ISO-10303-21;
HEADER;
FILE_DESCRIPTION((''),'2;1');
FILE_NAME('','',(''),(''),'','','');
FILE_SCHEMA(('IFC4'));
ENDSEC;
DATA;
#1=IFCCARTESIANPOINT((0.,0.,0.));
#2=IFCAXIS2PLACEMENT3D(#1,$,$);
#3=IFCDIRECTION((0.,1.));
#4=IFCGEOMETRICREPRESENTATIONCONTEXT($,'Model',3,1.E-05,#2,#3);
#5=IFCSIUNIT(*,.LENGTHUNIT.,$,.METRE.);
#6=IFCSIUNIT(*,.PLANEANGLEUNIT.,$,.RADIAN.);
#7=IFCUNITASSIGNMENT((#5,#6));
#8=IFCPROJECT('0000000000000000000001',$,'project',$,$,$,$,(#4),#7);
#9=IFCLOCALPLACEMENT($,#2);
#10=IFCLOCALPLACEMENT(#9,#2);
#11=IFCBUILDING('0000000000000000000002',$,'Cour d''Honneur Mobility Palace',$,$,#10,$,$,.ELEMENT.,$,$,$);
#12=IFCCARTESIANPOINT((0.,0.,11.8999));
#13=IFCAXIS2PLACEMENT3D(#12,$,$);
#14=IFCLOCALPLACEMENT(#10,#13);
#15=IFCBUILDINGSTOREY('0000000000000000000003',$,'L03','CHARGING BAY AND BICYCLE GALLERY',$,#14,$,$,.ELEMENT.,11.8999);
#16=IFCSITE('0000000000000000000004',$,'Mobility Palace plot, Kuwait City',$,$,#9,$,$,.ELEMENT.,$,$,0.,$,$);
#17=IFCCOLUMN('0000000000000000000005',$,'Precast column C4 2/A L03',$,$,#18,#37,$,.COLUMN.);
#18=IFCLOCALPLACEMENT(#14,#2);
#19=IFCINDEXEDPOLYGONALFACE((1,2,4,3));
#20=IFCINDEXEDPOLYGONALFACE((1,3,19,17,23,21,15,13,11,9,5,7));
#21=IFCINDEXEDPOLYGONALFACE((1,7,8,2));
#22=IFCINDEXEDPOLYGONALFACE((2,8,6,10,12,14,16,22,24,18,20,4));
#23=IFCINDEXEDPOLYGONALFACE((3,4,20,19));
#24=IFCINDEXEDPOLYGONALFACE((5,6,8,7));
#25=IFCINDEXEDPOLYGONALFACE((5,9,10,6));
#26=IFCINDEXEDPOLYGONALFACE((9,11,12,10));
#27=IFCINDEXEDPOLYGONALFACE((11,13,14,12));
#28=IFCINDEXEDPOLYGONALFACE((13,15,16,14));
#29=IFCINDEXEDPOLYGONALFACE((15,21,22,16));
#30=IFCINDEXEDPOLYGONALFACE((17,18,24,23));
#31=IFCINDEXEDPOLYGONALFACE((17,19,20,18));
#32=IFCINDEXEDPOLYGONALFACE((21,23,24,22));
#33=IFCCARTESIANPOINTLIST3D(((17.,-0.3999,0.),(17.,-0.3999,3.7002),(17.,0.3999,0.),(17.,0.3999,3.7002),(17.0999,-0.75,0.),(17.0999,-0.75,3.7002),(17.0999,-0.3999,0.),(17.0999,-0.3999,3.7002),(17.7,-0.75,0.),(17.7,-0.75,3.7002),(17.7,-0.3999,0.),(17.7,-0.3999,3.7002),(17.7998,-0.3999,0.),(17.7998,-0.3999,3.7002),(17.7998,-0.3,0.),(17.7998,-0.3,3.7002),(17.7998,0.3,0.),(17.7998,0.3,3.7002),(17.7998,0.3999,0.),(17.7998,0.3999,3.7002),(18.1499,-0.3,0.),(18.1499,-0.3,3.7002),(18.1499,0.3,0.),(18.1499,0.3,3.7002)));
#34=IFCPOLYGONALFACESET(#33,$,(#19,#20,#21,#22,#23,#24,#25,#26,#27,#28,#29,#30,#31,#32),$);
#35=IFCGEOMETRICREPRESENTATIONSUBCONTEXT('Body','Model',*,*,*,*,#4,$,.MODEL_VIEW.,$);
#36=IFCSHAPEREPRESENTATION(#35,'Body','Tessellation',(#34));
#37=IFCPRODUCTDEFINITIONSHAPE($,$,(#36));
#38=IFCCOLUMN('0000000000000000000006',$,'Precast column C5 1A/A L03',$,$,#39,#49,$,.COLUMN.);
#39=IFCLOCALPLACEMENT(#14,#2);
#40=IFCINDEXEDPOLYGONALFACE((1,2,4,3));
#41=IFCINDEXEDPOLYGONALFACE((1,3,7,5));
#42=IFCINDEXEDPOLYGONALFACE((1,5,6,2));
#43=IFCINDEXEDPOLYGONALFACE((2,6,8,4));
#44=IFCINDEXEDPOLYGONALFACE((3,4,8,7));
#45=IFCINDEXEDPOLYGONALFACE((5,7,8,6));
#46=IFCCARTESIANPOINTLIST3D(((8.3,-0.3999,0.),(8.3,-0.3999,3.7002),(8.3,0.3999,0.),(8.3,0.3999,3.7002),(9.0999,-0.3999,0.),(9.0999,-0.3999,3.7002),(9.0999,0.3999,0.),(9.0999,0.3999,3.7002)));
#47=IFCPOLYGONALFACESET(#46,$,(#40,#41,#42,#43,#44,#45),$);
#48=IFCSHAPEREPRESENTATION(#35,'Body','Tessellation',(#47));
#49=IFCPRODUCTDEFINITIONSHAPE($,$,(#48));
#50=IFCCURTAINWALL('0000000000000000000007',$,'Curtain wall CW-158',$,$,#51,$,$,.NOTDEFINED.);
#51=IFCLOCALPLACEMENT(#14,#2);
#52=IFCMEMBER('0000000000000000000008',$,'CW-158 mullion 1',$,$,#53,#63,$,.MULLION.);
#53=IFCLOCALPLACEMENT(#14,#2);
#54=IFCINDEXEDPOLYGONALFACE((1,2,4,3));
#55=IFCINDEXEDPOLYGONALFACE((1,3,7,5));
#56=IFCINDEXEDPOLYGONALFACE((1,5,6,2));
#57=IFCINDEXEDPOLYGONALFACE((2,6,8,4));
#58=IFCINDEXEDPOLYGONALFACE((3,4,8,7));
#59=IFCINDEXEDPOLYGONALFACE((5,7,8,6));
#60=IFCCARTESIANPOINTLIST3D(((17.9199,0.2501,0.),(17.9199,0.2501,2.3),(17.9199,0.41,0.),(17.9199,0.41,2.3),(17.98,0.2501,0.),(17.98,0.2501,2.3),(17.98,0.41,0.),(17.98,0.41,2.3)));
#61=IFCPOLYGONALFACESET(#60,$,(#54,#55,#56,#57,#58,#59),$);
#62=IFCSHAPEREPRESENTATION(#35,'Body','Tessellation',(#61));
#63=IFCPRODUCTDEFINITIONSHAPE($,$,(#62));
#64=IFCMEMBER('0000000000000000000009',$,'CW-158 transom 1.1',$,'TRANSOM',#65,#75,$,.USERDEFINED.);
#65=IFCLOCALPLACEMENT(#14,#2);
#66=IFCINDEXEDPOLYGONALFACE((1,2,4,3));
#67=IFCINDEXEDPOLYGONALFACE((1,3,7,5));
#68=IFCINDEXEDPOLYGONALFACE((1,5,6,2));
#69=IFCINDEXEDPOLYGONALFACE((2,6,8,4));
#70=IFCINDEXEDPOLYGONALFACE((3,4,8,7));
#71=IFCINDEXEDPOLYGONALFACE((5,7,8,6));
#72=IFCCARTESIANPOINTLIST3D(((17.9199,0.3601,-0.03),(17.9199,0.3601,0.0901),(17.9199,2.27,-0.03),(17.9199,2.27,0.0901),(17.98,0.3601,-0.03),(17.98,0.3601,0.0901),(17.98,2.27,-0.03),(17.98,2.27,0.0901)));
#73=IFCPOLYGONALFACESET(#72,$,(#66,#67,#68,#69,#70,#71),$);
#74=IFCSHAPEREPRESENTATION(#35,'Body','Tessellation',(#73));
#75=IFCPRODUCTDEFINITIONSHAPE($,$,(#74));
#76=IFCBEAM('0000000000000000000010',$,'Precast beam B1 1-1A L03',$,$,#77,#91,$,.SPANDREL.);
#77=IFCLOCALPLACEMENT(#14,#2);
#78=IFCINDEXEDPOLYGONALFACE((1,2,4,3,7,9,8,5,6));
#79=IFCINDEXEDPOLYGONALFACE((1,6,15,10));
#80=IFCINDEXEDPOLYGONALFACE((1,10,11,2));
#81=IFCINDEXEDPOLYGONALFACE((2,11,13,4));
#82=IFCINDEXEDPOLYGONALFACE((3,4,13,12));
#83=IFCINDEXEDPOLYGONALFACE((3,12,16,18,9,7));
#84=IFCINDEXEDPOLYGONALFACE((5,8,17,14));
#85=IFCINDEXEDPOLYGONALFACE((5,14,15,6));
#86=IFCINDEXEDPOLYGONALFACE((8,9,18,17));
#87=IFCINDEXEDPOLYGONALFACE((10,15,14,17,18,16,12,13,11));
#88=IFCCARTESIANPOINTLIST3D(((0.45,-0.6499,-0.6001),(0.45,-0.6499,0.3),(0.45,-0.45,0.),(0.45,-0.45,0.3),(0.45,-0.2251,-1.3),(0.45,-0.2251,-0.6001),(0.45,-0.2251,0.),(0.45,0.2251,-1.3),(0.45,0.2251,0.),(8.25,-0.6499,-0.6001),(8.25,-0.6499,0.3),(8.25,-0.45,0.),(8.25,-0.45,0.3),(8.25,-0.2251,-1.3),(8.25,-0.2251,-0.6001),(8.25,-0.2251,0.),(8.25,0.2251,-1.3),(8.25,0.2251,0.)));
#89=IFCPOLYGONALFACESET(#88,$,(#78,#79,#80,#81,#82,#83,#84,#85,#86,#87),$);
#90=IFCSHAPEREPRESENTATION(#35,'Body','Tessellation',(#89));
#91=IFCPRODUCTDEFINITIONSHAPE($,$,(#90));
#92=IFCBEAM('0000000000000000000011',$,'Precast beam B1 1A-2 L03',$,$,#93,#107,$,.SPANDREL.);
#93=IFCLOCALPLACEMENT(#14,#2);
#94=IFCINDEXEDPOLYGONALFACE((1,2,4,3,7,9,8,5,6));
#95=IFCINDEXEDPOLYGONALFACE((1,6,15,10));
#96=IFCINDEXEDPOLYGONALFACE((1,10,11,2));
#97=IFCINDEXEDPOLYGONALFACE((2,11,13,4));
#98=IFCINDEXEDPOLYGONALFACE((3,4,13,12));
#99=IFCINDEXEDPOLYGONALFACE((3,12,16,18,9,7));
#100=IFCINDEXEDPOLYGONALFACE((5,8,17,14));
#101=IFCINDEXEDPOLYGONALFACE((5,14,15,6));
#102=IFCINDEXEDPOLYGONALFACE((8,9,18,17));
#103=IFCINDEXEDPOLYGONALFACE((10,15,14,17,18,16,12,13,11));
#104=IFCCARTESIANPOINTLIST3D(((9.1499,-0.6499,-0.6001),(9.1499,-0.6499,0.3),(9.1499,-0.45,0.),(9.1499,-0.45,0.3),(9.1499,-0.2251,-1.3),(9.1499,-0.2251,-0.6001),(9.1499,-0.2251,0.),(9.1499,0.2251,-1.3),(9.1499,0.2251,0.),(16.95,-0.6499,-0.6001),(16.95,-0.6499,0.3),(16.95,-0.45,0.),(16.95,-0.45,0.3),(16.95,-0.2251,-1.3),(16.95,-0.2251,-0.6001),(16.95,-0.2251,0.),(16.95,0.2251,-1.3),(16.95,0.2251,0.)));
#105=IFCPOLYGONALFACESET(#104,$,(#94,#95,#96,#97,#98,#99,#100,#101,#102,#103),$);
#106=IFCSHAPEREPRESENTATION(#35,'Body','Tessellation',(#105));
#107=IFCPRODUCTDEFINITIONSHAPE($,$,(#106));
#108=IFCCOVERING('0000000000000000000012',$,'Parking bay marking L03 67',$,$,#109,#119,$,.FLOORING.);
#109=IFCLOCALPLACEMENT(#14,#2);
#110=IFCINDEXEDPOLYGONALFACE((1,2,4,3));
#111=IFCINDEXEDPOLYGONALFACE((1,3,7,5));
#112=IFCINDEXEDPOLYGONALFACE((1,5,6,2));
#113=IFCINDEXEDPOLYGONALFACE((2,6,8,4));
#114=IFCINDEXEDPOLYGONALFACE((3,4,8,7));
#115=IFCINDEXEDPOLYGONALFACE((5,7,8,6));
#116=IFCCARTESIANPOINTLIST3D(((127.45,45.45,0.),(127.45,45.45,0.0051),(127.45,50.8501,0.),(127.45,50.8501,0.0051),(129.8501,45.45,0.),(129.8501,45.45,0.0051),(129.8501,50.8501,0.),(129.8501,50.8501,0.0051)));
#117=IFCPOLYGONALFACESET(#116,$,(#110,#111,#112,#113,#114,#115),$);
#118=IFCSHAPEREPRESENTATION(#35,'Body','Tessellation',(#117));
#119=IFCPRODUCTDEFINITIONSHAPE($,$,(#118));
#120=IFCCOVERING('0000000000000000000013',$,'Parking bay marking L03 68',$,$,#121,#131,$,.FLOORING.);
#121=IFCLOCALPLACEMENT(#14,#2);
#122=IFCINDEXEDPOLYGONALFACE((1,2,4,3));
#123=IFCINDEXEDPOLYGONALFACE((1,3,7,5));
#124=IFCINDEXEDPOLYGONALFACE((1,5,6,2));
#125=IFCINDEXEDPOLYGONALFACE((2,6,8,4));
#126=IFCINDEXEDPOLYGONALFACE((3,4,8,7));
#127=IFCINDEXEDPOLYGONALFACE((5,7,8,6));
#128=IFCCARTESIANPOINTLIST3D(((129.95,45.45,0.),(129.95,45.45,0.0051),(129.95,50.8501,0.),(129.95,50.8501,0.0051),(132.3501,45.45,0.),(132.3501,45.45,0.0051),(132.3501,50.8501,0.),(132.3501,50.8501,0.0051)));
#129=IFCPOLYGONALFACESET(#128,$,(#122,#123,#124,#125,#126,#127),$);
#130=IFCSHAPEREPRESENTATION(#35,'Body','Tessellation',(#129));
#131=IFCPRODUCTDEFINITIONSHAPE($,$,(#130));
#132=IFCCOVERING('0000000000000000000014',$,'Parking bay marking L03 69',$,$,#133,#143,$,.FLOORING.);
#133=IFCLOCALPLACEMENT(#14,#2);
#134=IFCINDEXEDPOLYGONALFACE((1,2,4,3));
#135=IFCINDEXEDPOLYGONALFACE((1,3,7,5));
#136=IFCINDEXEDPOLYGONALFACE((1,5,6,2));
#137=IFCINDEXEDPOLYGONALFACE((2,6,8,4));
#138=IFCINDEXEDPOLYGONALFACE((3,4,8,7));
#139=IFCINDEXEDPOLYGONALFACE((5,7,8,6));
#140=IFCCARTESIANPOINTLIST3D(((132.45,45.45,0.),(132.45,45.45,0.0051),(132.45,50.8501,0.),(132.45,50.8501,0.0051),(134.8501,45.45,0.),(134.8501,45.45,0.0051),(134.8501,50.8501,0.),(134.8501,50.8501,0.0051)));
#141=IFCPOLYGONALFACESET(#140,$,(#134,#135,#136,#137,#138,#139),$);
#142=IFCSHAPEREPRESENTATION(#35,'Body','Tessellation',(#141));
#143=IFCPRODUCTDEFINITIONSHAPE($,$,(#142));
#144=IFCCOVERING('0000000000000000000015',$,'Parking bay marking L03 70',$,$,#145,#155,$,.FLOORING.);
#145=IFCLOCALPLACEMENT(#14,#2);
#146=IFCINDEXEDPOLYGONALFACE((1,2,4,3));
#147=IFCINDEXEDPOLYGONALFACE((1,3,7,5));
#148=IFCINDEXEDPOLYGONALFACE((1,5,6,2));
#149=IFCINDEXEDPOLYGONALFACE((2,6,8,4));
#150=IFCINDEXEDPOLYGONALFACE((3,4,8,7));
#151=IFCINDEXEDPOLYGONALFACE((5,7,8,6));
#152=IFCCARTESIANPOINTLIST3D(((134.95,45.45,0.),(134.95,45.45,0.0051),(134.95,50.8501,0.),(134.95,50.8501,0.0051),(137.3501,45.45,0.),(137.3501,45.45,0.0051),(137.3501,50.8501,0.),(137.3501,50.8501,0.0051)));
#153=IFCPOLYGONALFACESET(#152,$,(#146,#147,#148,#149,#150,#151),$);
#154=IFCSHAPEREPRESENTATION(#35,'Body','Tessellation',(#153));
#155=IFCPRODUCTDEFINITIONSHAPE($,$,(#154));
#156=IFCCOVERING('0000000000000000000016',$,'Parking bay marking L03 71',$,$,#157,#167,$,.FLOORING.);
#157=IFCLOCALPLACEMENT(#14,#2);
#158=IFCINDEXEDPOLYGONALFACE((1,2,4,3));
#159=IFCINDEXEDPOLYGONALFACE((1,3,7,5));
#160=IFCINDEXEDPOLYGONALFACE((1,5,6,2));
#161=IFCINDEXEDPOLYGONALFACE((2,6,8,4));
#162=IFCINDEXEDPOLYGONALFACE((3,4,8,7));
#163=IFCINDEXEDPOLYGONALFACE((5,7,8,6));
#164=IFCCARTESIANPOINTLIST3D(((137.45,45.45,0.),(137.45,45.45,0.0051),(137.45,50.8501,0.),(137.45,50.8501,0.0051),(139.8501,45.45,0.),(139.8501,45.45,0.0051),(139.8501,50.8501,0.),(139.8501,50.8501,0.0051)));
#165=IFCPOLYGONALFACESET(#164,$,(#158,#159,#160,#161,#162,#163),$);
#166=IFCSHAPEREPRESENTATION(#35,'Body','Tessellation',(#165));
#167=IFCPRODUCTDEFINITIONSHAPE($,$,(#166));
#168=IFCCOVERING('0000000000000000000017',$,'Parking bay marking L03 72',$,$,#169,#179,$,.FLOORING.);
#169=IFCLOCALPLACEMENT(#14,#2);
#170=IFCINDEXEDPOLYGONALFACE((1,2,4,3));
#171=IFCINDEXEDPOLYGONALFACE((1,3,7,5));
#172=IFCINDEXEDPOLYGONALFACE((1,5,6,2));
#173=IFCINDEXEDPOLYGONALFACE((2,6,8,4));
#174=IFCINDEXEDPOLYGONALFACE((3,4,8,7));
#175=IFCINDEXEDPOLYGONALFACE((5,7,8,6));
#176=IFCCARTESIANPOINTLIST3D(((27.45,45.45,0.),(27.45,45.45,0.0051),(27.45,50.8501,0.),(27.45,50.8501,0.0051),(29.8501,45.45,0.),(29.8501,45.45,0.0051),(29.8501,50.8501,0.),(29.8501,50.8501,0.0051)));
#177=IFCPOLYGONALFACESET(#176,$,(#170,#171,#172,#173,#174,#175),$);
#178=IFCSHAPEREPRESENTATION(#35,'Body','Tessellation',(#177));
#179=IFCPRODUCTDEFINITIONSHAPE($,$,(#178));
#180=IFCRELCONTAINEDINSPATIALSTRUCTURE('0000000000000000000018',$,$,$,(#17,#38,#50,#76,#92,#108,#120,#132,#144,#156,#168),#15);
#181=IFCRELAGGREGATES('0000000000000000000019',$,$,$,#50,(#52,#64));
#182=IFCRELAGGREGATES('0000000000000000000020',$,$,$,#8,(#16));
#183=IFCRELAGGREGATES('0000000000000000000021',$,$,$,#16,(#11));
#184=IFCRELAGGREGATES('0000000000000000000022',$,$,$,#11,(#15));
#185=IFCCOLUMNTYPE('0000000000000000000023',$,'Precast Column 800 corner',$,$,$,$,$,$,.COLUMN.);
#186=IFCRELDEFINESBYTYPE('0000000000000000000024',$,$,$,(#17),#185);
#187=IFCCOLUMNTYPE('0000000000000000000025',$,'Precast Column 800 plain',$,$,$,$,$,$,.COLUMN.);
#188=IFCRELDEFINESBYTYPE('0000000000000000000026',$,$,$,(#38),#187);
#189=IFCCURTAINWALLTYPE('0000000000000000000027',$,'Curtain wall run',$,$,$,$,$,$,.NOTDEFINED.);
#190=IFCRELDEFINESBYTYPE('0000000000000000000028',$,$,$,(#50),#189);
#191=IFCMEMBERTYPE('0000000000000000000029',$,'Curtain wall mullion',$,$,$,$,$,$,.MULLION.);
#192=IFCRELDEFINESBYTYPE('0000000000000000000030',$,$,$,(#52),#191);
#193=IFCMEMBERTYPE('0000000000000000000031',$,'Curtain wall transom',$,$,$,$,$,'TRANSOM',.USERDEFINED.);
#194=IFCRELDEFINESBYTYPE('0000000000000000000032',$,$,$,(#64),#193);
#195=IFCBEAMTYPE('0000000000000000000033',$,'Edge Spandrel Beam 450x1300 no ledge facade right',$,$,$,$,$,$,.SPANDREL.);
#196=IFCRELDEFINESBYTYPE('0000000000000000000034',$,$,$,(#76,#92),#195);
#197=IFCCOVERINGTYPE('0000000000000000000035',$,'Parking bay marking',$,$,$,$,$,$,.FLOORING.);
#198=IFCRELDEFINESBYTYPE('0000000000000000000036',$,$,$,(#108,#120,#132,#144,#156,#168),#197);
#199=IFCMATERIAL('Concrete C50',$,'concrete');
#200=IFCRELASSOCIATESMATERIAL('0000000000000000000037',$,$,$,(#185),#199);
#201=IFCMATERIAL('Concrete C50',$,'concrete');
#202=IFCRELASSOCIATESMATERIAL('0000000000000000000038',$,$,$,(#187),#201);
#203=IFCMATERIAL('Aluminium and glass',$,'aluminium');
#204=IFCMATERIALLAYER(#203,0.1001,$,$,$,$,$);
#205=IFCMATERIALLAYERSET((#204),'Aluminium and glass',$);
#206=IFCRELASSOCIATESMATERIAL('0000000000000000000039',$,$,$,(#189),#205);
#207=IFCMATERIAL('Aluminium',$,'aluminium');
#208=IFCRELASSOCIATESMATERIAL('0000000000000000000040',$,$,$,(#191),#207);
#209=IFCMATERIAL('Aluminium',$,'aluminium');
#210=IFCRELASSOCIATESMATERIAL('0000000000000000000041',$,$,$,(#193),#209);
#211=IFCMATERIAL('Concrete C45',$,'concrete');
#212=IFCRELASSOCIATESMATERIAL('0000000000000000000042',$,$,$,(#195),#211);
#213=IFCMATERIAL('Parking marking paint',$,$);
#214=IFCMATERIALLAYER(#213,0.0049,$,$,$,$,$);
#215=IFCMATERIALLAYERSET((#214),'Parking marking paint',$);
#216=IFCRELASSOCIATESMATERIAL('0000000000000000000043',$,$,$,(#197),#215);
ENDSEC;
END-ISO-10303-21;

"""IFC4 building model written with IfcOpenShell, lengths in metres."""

from ifc_helpers import new_model, si_unit, direction, frame, origin, origin_2d, place, context, subcontext, project, spatial, polyline, rectangle, outline, extrude, material, layer, layer_set, material_profile, profile_set, type_object, element, aggregate, save


model = new_model("IFC4")

# Units and contexts
model_context = context("Model", 3, precision=1e-05, world=origin(), true_north=direction((0.0, 1.0)))
body_context = subcontext(model_context, "Body", "Model", "MODEL_VIEW")
ifc_project = project(units=[si_unit("LENGTHUNIT", "METRE"), si_unit("PLANEANGLEUNIT", "RADIAN")], contexts=[model_context])

# Site, building, storey
site_placement = place(None, origin())
site = spatial("IfcSite", under=ifc_project, at=site_placement, Name="Mobility Palace plot, Kuwait City", CompositionType="ELEMENT", RefElevation=0.0)
building_placement = place(site_placement, origin())
building = spatial("IfcBuilding", under=site, at=building_placement, Name="Cour d'Honneur Mobility Palace", CompositionType="ELEMENT")
storey_placement = place(building_placement, frame((0.0, 0.0, 11.8999)))
storey = spatial("IfcBuildingStorey", under=building, at=storey_placement, Name="L03", Description="CHARGING BAY AND BICYCLE GALLERY", CompositionType="ELEMENT", Elevation=11.8999)

# Columns
ifc_material_1 = material(Name="Concrete C50", Category="concrete")
ifc_material_profile_1 = material_profile(ifc_material_1, outline(polyline([(-0.3999, -0.3999), (0.3999, -0.3999), (0.3999, -0.3), (0.75, -0.3), (0.75, 0.3), (0.3999, 0.3), (0.3999, 0.3999), (0.3, 0.3999), (0.3, 0.75), (-0.3, 0.75), (-0.3, 0.3999), (-0.3999, 0.3999), (-0.3999, -0.3999)])), Name="PC C800 corner")
ifc_profile_set_1 = profile_set([ifc_material_profile_1], Name="Concrete C50")
column_type_1 = type_object("IfcColumnType", Name="Precast Column 800 corner", PredefinedType="COLUMN", material=ifc_profile_set_1)
column_1_placement = place(storey_placement, frame((17.3999, 0.0, 0.0), z_axis=(0.0, 0.0, 1.0), x_axis=(0.0, -1.0, 0.0)))
element("IfcColumn", 1, at=column_1_placement, inside=storey, type_object=column_type_1, Name="Precast column C4 2/A L03", PredefinedType="COLUMN", context=body_context, shape_type="SweptSolid", body=[
    extrude(outline(polyline([(-0.3999, -0.3999), (0.3999, -0.3999), (0.3999, -0.3), (0.75, -0.3), (0.75, 0.3), (0.3999, 0.3), (0.3999, 0.3999), (0.3, 0.3999), (0.3, 0.75), (-0.3, 0.75), (-0.3, 0.3999), (-0.3999, 0.3999), (-0.3999, -0.3999)])), origin(), (0.0, 0.0, 1.0), 3.7002),
])
ifc_material_2 = material(Name="Concrete C50", Category="concrete")
ifc_material_profile_2 = material_profile(ifc_material_2, outline(polyline([(-0.3999, -0.3999), (0.3999, -0.3999), (0.3999, 0.3999), (-0.3999, 0.3999), (-0.3999, -0.3999)])), Name="PC C800 plain")
ifc_profile_set_2 = profile_set([ifc_material_profile_2], Name="Concrete C50")
column_type_2 = type_object("IfcColumnType", Name="Precast Column 800 plain", PredefinedType="COLUMN", material=ifc_profile_set_2)
column_2_placement = place(storey_placement, frame((8.7, 0.0, 0.0), z_axis=(0.0, 0.0, 1.0), x_axis=(1.0, 0.0, 0.0)))
element("IfcColumn", 2, at=column_2_placement, inside=storey, type_object=column_type_2, Name="Precast column C5 1A/A L03", PredefinedType="COLUMN", context=body_context, shape_type="SweptSolid", body=[
    extrude(outline(polyline([(-0.3999, -0.3999), (0.3999, -0.3999), (0.3999, 0.3999), (-0.3999, 0.3999), (-0.3999, -0.3999)])), origin(), (0.0, 0.0, 1.0), 3.7002),
])

# Curtain wall, members
ifc_material_3 = material(Name="Aluminium and glass", Category="aluminium")
ifc_layer_1 = layer(ifc_material_3, 0.1001)
ifc_layer_set_1 = layer_set([ifc_layer_1], Name="Aluminium and glass")
curtain_wall_type = type_object("IfcCurtainWallType", Name="Curtain wall run", PredefinedType="NOTDEFINED", material=ifc_layer_set_1)
curtain_wall_placement = place(storey_placement, origin())
curtain_wall = element("IfcCurtainWall", 3, at=curtain_wall_placement, inside=storey, type_object=curtain_wall_type, Name="Curtain wall CW-158", PredefinedType="NOTDEFINED")
ifc_material_4 = material(Name="Aluminium", Category="aluminium")
ifc_material_profile_3 = material_profile(ifc_material_4, rectangle(XDim=0.0601, YDim=0.1599, at=origin_2d()), Name="Curtain wall mullion")
ifc_profile_set_3 = profile_set([ifc_material_profile_3], Name="Aluminium")
member_type_1 = type_object("IfcMemberType", Name="Curtain wall mullion", PredefinedType="MULLION", material=ifc_profile_set_3)
member_1_placement = place(storey_placement, frame((17.95, 0.3301, 0.0), z_axis=(0.0, 0.0, 1.0), x_axis=(-1.0, 0.0, 0.0)))
member_1 = element("IfcMember", 4, at=member_1_placement, type_object=member_type_1, Name="CW-158 mullion 1", PredefinedType="MULLION", context=body_context, shape_type="SweptSolid", body=[
    extrude(rectangle(XDim=0.0601, YDim=0.1599, at=origin_2d()), origin(), (0.0, 0.0, 1.0), 2.3),
])
ifc_material_5 = material(Name="Aluminium", Category="aluminium")
ifc_material_profile_4 = material_profile(ifc_material_5, rectangle(XDim=0.0601, YDim=0.1201, at=origin_2d()), Name="Curtain wall transom")
ifc_profile_set_4 = profile_set([ifc_material_profile_4], Name="Aluminium")
member_type_2 = type_object("IfcMemberType", Name="Curtain wall transom", ElementType="TRANSOM", PredefinedType="USERDEFINED", material=ifc_profile_set_4)
member_2_placement = place(storey_placement, frame((17.95, 0.3601, 0.03), z_axis=(0.0, 1.0, 0.0), x_axis=(-1.0, 0.0, 0.0)))
member_2 = element("IfcMember", 5, at=member_2_placement, type_object=member_type_2, Name="CW-158 transom 1.1", ObjectType="TRANSOM", PredefinedType="USERDEFINED", context=body_context, shape_type="SweptSolid", body=[
    extrude(rectangle(XDim=0.0601, YDim=0.1201, at=origin_2d()), origin(), (0.0, 0.0, 1.0), 1.9099),
])
aggregate(curtain_wall, [member_1, member_2])

# Beams
ifc_material_6 = material(Name="Concrete C45", Category="concrete")
ifc_material_profile_5 = material_profile(ifc_material_6, outline(polyline([(0.2251, -1.3), (0.2251, 0.0), (-0.2251, 0.0), (-0.45, 0.0), (-0.45, 0.3), (-0.6499, 0.3), (-0.6499, -0.6001), (-0.2251, -0.6001), (-0.2251, -1.3), (0.2251, -1.3)])), Name="Edge Spandrel Beam 450x1300 no ledge facade right")
ifc_profile_set_5 = profile_set([ifc_material_profile_5], Name="Concrete C45")
beam_type = type_object("IfcBeamType", Name="Edge Spandrel Beam 450x1300 no ledge facade right", PredefinedType="SPANDREL", material=ifc_profile_set_5)
for number, where, z_axis, x_axis, name in (
    (6, (0.45, 0.0, 0.0), (1.0, 0.0, 0.0), (0.0, 1.0, 0.0), "Precast beam B1 1-1A L03"),
    (7, (9.1499, 0.0, 0.0), (1.0, 0.0, 0.0), (0.0, 1.0, 0.0), "Precast beam B1 1A-2 L03"),
):
    element("IfcBeam", number, at=place(storey_placement, frame(where, z_axis=z_axis, x_axis=x_axis)), inside=storey, type_object=beam_type, Name=name, PredefinedType="SPANDREL", context=body_context, shape_type="SweptSolid", body=[
        extrude(outline(polyline([(0.2251, -1.3), (0.2251, 0.0), (-0.2251, 0.0), (-0.45, 0.0), (-0.45, 0.3), (-0.6499, 0.3), (-0.6499, -0.6001), (-0.2251, -0.6001), (-0.2251, -1.3), (0.2251, -1.3)])), origin(), (0.0, 0.0, 1.0), 7.8),
    ])

# Coverings
ifc_material_7 = material(Name="Parking marking paint")
ifc_layer_2 = layer(ifc_material_7, 0.0049)
ifc_layer_set_2 = layer_set([ifc_layer_2], Name="Parking marking paint")
covering_type = type_object("IfcCoveringType", Name="Parking bay marking", PredefinedType="FLOORING", material=ifc_layer_set_2)
covering_1_placement = place(storey_placement, origin())
element("IfcCovering", 8, at=covering_1_placement, inside=storey, type_object=covering_type, Name="Parking bay marking L03 67", PredefinedType="FLOORING", context=body_context, shape_type="SweptSolid", body=[
    extrude(outline(polyline([(129.8501, 45.45), (127.45, 45.45), (127.45, 50.8501), (129.8501, 50.8501), (129.8501, 45.45)])), origin(), (0.0, 0.0, 1.0), 0.0051),
])
covering_2_placement = place(storey_placement, origin())
element("IfcCovering", 9, at=covering_2_placement, inside=storey, type_object=covering_type, Name="Parking bay marking L03 68", PredefinedType="FLOORING", context=body_context, shape_type="SweptSolid", body=[
    extrude(outline(polyline([(132.3501, 45.45), (129.95, 45.45), (129.95, 50.8501), (132.3501, 50.8501), (132.3501, 45.45)])), origin(), (0.0, 0.0, 1.0), 0.0051),
])
covering_3_placement = place(storey_placement, origin())
element("IfcCovering", 10, at=covering_3_placement, inside=storey, type_object=covering_type, Name="Parking bay marking L03 69", PredefinedType="FLOORING", context=body_context, shape_type="SweptSolid", body=[
    extrude(outline(polyline([(134.8501, 45.45), (132.45, 45.45), (132.45, 50.8501), (134.8501, 50.8501), (134.8501, 45.45)])), origin(), (0.0, 0.0, 1.0), 0.0051),
])
covering_4_placement = place(storey_placement, origin())
element("IfcCovering", 11, at=covering_4_placement, inside=storey, type_object=covering_type, Name="Parking bay marking L03 70", PredefinedType="FLOORING", context=body_context, shape_type="SweptSolid", body=[
    extrude(outline(polyline([(137.3501, 45.45), (134.95, 45.45), (134.95, 50.8501), (137.3501, 50.8501), (137.3501, 45.45)])), origin(), (0.0, 0.0, 1.0), 0.0051),
])
covering_5_placement = place(storey_placement, origin())
element("IfcCovering", 12, at=covering_5_placement, inside=storey, type_object=covering_type, Name="Parking bay marking L03 71", PredefinedType="FLOORING", context=body_context, shape_type="SweptSolid", body=[
    extrude(outline(polyline([(139.8501, 45.45), (137.45, 45.45), (137.45, 50.8501), (139.8501, 50.8501), (139.8501, 45.45)])), origin(), (0.0, 0.0, 1.0), 0.0051),
])
covering_6_placement = place(storey_placement, origin())
element("IfcCovering", 13, at=covering_6_placement, inside=storey, type_object=covering_type, Name="Parking bay marking L03 72", PredefinedType="FLOORING", context=body_context, shape_type="SweptSolid", body=[
    extrude(outline(polyline([(29.8501, 45.45), (27.45, 45.45), (27.45, 50.8501), (29.8501, 50.8501), (29.8501, 45.45)])), origin(), (0.0, 0.0, 1.0), 0.0051),
])

save(model, "model.ifc")
